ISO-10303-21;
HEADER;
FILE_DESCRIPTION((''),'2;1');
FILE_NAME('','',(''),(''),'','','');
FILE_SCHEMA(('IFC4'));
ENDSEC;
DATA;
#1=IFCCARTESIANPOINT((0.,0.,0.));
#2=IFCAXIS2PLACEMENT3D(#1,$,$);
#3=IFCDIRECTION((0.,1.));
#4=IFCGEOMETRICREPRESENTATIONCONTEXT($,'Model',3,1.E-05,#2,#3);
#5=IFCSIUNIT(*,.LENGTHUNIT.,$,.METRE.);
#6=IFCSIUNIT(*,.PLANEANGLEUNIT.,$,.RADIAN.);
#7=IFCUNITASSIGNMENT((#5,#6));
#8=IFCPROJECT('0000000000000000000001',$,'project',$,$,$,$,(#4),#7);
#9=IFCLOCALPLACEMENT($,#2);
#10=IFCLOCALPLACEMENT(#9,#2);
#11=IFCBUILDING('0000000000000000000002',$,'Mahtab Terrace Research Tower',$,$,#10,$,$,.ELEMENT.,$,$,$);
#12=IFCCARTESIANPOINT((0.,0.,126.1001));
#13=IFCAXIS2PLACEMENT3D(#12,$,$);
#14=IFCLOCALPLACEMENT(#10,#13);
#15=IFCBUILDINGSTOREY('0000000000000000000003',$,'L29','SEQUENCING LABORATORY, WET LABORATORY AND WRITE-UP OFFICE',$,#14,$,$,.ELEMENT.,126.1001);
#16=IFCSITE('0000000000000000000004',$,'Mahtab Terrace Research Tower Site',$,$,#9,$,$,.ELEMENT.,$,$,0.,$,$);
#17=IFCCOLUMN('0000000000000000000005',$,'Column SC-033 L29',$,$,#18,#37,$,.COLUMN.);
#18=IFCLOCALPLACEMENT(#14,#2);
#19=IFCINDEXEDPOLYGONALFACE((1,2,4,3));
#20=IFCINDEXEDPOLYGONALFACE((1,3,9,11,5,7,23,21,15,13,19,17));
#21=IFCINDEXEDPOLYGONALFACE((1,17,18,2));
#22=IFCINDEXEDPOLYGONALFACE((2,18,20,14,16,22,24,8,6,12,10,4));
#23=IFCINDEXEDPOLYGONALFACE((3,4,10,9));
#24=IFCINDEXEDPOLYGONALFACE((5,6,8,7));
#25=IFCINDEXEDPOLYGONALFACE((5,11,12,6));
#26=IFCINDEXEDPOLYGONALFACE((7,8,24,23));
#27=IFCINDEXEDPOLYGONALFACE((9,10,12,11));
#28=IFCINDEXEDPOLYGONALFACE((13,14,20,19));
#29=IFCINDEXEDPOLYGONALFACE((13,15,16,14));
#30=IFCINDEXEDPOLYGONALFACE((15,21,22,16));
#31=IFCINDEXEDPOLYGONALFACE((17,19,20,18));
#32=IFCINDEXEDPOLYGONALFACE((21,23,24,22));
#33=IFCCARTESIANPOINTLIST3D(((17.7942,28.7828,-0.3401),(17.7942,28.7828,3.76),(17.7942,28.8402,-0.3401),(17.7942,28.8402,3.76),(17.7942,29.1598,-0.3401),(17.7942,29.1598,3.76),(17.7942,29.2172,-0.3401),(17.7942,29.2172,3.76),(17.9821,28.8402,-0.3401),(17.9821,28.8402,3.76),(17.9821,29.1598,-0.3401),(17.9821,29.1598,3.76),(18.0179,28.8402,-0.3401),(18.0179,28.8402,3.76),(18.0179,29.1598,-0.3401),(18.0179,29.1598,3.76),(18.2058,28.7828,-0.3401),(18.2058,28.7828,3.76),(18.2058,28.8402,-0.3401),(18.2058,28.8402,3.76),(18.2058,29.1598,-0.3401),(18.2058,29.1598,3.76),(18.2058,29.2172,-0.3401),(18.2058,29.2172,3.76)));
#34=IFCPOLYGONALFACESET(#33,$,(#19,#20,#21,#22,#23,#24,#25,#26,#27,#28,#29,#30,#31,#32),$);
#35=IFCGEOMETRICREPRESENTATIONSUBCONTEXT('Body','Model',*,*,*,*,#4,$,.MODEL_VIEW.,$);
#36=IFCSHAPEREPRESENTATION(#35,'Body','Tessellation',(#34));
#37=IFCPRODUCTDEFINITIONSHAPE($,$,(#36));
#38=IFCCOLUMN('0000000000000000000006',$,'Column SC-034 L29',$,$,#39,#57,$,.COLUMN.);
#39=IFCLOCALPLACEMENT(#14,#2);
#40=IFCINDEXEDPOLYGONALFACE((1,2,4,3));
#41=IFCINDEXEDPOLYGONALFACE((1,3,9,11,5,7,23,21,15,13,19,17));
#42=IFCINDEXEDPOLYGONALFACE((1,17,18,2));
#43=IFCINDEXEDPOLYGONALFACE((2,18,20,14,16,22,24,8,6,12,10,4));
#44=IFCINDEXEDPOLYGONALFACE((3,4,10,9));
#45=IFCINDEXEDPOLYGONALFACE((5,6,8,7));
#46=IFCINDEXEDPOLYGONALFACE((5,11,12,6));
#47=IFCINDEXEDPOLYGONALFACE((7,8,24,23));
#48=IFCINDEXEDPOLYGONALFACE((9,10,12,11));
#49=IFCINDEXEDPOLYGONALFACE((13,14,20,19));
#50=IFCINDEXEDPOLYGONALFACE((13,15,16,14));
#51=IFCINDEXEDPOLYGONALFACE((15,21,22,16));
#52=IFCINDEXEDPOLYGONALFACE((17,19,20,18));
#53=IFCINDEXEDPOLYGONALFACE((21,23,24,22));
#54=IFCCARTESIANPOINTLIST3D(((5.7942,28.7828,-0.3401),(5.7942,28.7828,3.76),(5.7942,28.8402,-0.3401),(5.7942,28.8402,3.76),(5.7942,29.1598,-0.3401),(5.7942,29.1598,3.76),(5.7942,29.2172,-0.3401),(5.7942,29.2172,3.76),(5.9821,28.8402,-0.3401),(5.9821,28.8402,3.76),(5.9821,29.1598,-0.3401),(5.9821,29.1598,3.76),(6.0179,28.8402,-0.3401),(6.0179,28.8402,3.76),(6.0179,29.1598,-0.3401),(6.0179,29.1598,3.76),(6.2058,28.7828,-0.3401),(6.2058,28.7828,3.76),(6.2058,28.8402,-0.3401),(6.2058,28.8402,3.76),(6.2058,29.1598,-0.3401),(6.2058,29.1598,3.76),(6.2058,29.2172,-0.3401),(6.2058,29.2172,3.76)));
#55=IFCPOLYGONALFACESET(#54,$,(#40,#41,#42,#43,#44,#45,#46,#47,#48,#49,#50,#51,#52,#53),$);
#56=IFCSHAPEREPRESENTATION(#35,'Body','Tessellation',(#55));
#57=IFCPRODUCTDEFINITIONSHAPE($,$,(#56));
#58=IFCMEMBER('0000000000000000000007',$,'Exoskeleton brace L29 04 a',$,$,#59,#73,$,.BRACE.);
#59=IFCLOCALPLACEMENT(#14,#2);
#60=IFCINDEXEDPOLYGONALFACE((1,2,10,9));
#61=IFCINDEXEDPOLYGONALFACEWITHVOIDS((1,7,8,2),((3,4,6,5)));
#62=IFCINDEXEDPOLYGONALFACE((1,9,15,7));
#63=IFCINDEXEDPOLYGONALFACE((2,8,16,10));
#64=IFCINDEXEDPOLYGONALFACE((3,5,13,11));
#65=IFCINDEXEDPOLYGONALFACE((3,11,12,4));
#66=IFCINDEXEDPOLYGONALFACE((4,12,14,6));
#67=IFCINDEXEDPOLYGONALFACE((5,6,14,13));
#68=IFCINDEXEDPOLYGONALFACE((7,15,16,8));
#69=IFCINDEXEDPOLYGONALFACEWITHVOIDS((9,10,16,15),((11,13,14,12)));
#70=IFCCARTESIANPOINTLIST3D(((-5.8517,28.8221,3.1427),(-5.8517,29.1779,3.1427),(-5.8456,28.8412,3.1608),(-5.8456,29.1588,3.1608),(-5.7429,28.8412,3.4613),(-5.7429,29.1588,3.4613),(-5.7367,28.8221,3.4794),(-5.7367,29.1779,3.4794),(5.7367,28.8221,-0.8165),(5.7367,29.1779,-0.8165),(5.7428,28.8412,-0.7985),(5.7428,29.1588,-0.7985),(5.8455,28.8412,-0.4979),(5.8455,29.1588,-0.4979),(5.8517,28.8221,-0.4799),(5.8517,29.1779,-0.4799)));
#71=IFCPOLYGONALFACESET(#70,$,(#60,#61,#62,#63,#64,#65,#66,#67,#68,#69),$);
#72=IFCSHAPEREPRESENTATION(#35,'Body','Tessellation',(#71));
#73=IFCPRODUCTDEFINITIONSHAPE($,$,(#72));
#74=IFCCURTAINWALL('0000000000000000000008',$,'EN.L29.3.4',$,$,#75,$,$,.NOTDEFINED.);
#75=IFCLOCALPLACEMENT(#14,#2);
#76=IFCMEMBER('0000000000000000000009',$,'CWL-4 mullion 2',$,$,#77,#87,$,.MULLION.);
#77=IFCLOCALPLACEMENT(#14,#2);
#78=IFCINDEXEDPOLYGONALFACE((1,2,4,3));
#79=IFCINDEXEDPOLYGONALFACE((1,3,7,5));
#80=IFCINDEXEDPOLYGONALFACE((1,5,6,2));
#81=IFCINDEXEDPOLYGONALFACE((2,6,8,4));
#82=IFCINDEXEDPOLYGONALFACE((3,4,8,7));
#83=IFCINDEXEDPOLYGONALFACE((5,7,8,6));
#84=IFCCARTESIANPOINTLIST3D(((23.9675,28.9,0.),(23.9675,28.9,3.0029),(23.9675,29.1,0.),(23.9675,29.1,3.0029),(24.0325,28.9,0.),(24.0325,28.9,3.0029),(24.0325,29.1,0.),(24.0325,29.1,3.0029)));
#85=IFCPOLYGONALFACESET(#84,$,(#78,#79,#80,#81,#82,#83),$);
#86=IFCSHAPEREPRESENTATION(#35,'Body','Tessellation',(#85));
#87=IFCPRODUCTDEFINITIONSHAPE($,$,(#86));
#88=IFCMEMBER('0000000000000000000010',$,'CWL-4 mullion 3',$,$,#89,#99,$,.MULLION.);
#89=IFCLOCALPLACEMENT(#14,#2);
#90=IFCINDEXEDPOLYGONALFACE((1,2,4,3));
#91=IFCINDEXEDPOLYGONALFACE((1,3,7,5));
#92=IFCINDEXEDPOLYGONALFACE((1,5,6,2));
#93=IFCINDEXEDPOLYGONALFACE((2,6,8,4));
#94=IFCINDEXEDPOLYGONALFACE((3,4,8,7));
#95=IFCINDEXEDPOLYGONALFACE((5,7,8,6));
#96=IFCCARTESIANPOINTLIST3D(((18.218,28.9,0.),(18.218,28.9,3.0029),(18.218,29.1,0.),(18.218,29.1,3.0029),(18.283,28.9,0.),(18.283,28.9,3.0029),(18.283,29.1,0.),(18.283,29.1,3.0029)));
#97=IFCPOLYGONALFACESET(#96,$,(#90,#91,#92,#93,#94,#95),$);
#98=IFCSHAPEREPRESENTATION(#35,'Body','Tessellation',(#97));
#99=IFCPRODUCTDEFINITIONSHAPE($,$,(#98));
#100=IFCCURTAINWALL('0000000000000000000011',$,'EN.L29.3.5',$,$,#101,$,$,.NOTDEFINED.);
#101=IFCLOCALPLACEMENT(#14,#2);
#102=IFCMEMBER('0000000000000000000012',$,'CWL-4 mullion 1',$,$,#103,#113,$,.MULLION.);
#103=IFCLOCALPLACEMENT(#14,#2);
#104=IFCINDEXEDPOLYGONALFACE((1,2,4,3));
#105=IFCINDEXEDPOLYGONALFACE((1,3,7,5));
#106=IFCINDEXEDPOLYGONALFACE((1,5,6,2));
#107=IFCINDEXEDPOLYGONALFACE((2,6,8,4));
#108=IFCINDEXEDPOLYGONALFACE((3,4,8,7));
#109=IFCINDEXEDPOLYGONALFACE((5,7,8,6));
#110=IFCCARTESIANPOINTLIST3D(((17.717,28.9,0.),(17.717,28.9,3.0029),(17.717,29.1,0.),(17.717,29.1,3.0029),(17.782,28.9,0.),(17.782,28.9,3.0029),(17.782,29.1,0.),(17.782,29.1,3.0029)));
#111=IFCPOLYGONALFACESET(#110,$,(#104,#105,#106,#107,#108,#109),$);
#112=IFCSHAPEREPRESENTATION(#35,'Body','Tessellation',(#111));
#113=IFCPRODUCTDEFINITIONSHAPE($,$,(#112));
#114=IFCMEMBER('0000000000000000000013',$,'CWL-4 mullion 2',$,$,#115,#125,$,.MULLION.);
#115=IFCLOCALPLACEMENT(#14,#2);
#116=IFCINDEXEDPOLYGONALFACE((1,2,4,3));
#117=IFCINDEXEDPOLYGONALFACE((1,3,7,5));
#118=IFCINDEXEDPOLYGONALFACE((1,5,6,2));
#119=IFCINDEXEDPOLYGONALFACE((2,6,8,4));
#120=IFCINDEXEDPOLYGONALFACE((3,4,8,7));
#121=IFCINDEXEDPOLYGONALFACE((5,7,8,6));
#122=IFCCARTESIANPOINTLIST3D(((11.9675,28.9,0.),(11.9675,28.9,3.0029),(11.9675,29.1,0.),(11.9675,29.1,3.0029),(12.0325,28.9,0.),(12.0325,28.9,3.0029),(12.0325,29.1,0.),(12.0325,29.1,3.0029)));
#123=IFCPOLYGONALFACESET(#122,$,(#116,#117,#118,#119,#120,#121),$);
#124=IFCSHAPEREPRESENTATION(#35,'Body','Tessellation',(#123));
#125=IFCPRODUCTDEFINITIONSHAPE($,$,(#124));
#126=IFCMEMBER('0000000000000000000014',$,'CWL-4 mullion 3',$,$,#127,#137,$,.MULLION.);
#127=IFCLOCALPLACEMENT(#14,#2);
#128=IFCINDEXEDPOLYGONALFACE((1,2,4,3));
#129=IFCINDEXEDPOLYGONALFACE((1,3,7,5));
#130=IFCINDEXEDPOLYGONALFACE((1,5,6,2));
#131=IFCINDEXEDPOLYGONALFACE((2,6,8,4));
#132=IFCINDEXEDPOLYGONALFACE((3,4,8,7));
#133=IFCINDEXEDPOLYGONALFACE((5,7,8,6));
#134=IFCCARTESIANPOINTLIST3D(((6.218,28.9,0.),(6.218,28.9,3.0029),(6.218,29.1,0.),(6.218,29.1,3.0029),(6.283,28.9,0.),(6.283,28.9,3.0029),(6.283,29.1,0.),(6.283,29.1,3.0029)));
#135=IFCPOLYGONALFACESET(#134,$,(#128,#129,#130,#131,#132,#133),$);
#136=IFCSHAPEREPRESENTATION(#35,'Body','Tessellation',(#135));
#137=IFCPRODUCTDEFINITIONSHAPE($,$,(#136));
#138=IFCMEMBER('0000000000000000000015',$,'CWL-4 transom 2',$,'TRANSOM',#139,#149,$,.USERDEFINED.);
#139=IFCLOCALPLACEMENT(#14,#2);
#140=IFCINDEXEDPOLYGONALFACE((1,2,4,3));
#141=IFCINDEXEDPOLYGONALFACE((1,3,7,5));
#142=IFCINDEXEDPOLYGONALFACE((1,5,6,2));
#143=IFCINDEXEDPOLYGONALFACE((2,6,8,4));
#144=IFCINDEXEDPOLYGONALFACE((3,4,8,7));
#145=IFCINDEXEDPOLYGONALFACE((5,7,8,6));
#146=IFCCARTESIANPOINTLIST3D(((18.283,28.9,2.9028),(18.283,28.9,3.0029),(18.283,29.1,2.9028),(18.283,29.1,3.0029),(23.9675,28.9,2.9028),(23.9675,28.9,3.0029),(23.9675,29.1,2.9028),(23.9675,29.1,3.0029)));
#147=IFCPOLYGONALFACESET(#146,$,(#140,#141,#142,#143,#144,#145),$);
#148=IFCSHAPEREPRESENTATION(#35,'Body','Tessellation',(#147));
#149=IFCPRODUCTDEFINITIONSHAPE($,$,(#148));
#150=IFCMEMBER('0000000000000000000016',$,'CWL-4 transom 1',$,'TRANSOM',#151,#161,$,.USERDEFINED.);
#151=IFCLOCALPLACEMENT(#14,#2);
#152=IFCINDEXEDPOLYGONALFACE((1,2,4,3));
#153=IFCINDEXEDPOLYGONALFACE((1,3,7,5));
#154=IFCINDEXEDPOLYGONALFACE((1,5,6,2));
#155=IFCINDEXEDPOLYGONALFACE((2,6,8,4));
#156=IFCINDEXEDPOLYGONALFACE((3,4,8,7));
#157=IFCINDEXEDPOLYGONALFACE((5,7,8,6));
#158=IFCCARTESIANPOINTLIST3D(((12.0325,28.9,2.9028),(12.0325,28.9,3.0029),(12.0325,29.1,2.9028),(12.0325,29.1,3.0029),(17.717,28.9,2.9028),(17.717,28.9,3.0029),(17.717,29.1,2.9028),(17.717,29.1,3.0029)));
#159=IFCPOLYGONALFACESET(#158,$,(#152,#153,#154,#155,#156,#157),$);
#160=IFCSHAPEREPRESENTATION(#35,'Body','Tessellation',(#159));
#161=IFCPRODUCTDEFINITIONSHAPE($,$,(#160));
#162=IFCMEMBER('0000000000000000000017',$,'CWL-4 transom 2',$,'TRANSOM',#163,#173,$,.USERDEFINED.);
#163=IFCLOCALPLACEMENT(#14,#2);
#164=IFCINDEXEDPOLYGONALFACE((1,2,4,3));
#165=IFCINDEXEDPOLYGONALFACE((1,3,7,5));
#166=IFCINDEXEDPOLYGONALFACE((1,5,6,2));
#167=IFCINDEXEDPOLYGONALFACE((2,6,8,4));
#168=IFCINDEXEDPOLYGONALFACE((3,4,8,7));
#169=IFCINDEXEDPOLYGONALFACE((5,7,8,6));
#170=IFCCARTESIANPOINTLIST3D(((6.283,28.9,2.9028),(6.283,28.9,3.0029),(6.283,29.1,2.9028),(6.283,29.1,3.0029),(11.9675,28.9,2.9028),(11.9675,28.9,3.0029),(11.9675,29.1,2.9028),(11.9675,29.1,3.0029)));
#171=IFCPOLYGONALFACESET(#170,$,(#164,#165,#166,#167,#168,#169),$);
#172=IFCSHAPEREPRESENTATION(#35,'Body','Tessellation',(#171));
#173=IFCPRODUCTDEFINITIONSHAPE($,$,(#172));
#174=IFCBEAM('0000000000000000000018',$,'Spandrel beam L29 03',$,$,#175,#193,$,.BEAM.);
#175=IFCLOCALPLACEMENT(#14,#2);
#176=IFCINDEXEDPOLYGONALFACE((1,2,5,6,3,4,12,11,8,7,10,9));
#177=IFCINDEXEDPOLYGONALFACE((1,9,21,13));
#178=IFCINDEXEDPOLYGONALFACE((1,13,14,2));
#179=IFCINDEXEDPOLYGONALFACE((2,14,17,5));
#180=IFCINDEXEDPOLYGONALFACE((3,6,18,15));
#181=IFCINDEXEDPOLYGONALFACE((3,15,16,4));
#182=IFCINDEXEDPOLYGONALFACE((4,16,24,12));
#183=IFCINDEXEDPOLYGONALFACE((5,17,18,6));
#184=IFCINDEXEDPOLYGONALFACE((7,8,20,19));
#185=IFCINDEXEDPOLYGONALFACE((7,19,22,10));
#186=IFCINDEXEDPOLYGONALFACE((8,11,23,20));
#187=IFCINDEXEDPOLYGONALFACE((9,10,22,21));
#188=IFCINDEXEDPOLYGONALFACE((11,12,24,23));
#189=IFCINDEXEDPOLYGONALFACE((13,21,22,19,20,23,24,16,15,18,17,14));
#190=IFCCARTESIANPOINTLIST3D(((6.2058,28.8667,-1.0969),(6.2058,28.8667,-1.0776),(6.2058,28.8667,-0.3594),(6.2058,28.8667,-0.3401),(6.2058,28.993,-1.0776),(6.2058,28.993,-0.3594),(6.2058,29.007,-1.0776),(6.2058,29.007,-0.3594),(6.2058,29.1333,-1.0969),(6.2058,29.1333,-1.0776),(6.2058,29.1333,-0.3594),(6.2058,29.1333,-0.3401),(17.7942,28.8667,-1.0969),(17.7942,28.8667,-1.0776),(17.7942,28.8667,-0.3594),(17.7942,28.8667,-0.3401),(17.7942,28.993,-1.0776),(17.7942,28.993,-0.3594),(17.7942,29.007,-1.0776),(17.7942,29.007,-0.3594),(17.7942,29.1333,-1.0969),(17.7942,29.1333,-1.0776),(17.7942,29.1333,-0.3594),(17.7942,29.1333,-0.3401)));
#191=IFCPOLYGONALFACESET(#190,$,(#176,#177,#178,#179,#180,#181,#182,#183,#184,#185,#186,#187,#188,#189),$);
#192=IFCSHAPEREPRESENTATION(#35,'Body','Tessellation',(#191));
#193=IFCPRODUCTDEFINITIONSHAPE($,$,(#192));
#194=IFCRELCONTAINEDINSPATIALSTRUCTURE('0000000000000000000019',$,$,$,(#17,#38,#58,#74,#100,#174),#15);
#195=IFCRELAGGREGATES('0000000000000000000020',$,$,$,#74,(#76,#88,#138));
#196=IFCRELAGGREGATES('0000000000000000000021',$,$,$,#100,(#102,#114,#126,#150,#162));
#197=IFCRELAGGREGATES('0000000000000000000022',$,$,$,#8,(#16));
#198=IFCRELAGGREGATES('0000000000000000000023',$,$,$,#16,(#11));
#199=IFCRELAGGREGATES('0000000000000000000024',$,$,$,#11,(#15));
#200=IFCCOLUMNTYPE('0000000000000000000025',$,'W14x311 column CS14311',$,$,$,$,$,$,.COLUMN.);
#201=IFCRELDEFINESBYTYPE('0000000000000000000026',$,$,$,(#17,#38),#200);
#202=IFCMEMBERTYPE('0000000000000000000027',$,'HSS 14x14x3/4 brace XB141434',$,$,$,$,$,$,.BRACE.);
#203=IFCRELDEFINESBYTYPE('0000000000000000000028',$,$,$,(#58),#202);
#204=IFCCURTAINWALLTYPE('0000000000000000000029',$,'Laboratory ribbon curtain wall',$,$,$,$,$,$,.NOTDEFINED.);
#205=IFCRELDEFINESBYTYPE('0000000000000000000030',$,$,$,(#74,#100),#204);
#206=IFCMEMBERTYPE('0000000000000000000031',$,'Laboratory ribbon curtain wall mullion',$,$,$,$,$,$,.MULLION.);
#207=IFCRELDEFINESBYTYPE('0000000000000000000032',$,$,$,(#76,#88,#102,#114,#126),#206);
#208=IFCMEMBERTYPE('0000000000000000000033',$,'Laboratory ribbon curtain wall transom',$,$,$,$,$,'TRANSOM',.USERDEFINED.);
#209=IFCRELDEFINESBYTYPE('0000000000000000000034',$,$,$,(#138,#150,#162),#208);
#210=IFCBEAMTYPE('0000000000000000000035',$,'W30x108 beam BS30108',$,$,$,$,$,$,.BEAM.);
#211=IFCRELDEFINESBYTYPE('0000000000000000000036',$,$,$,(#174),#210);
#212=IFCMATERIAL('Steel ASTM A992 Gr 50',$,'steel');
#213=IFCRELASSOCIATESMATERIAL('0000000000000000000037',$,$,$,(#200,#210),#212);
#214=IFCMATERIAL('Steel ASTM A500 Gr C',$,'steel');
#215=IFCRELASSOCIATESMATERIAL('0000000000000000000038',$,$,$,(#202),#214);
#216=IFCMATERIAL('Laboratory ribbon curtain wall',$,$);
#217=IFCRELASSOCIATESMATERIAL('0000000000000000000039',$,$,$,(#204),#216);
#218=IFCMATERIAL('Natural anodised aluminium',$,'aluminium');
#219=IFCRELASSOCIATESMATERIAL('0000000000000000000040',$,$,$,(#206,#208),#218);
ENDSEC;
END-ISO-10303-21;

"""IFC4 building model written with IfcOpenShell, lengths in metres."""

from ifc_helpers import new_model, si_unit, direction, frame, origin, origin_2d, place, context, subcontext, project, spatial, rectangle, hollow_rectangle, i_section, extrude, material, material_profile, profile_set, type_object, element, aggregate, save


model = new_model("IFC4")

# Units and contexts
model_context = context("Model", 3, precision=1e-05, world=origin(), true_north=direction((0.0, 1.0)))
body_context = subcontext(model_context, "Body", "Model", "MODEL_VIEW")
ifc_project = project(units=[si_unit("LENGTHUNIT", "METRE"), si_unit("PLANEANGLEUNIT", "RADIAN")], contexts=[model_context])

# Site, building, storey
site_placement = place(None, origin())
site = spatial("IfcSite", under=ifc_project, at=site_placement, Name="Mahtab Terrace Research Tower Site", CompositionType="ELEMENT", RefElevation=0.0)
building_placement = place(site_placement, origin())
building = spatial("IfcBuilding", under=site, at=building_placement, Name="Mahtab Terrace Research Tower", CompositionType="ELEMENT")
storey_placement = place(building_placement, frame((0.0, 0.0, 126.1001)))
storey = spatial("IfcBuildingStorey", under=building, at=storey_placement, Name="L29", Description="SEQUENCING LABORATORY, WET LABORATORY AND WRITE-UP OFFICE", CompositionType="ELEMENT", Elevation=126.1001)

# Columns
ifc_material_1 = material(Name="Steel ASTM A992 Gr 50", Category="steel")
ifc_material_profile_1 = material_profile(ifc_material_1, i_section(OverallWidth=0.4116, OverallDepth=0.4343, WebThickness=0.0359, FlangeThickness=0.0574, at=origin_2d()), Name="W14X311")
ifc_profile_set_1 = profile_set([ifc_material_profile_1], Name="Steel ASTM A992 Gr 50")
column_type = type_object("IfcColumnType", Name="W14x311 column CS14311", PredefinedType="COLUMN", material=ifc_profile_set_1)
for number, where, z_axis, x_axis, name in (
    (1, (18.0, 29.0, -0.3401), (0.0, 0.0, 1.0), (1.0, 0.0, 0.0), "Column SC-033 L29"),
    (2, (6.0, 29.0, -0.3401), (0.0, 0.0, 1.0), (1.0, 0.0, 0.0), "Column SC-034 L29"),
):
    element("IfcColumn", number, at=place(storey_placement, frame(where, z_axis=z_axis, x_axis=x_axis)), inside=storey, type_object=column_type, Name=name, PredefinedType="COLUMN", context=body_context, shape_type="SweptSolid", body=[
        extrude(i_section(OverallWidth=0.4116, OverallDepth=0.4343, WebThickness=0.0359, FlangeThickness=0.0574, at=origin_2d()), origin(), (0.0, 0.0, 1.0), 4.1001),
    ])

# Member
ifc_material_2 = material(Name="Steel ASTM A500 Gr C", Category="steel")
ifc_material_profile_2 = material_profile(ifc_material_2, hollow_rectangle(XDim=0.3557, YDim=0.3557, WallThickness=0.019, at=origin_2d()), Name="HSS14X14X3/4")
ifc_profile_set_2 = profile_set([ifc_material_profile_2], Name="Steel ASTM A500 Gr C")
member_type_1 = type_object("IfcMemberType", Name="HSS 14x14x3/4 brace XB141434", PredefinedType="BRACE", material=ifc_profile_set_2)
member_1_placement = place(storey_placement, frame((5.7942, 29.0, -0.6482), z_axis=(-0.946294, 0.0, 0.323306), x_axis=(0.0, -1.0, 0.0)))
element("IfcMember", 3, at=member_1_placement, inside=storey, type_object=member_type_1, Name="Exoskeleton brace L29 04 a", PredefinedType="BRACE", context=body_context, shape_type="SweptSolid", body=[
    extrude(hollow_rectangle(XDim=0.3557, YDim=0.3557, WallThickness=0.019, at=origin_2d()), origin(), (0.0, 0.0, 1.0), 12.2461),
])

# Curtain walls, members
ifc_material_3 = material(Name="Laboratory ribbon curtain wall")
curtain_wall_type = type_object("IfcCurtainWallType", Name="Laboratory ribbon curtain wall", PredefinedType="NOTDEFINED", material=ifc_material_3)
curtain_wall_1_placement = place(storey_placement, origin())
curtain_wall_1 = element("IfcCurtainWall", 4, at=curtain_wall_1_placement, inside=storey, type_object=curtain_wall_type, Name="EN.L29.3.4", PredefinedType="NOTDEFINED")
ifc_material_4 = material(Name="Natural anodised aluminium", Category="aluminium")
ifc_material_profile_3 = material_profile(ifc_material_4, rectangle(XDim=0.2, YDim=0.0649, at=origin_2d()), Name="MULLION 65x200")
ifc_profile_set_3 = profile_set([ifc_material_profile_3], Name="Natural anodised aluminium")
member_type_2 = type_object("IfcMemberType", Name="Laboratory ribbon curtain wall mullion", PredefinedType="MULLION", material=ifc_profile_set_3)
member_2_placement = place(storey_placement, frame((24.0, 29.0, 0.0), z_axis=(0.0, 0.0, 1.0), x_axis=(0.0, -1.0, 0.0)))
member_2 = element("IfcMember", 5, at=member_2_placement, type_object=member_type_2, Name="CWL-4 mullion 2", PredefinedType="MULLION", context=body_context, shape_type="SweptSolid", body=[
    extrude(rectangle(XDim=0.2, YDim=0.0649, at=origin_2d()), origin(), (0.0, 0.0, 1.0), 3.0029),
])
member_3_placement = place(storey_placement, frame((18.2505, 29.0, 0.0), z_axis=(0.0, 0.0, 1.0), x_axis=(0.0, -1.0, 0.0)))
member_3 = element("IfcMember", 6, at=member_3_placement, type_object=member_type_2, Name="CWL-4 mullion 3", PredefinedType="MULLION", context=body_context, shape_type="SweptSolid", body=[
    extrude(rectangle(XDim=0.2, YDim=0.0649, at=origin_2d()), origin(), (0.0, 0.0, 1.0), 3.0029),
])
curtain_wall_2_placement = place(storey_placement, origin())
curtain_wall_2 = element("IfcCurtainWall", 7, at=curtain_wall_2_placement, inside=storey, type_object=curtain_wall_type, Name="EN.L29.3.5", PredefinedType="NOTDEFINED")
member_4_placement = place(storey_placement, frame((17.7495, 29.0, 0.0), z_axis=(0.0, 0.0, 1.0), x_axis=(0.0, -1.0, 0.0)))
member_4 = element("IfcMember", 8, at=member_4_placement, type_object=member_type_2, Name="CWL-4 mullion 1", PredefinedType="MULLION", context=body_context, shape_type="SweptSolid", body=[
    extrude(rectangle(XDim=0.2, YDim=0.0649, at=origin_2d()), origin(), (0.0, 0.0, 1.0), 3.0029),
])
member_5_placement = place(storey_placement, frame((12.0, 29.0, 0.0), z_axis=(0.0, 0.0, 1.0), x_axis=(0.0, -1.0, 0.0)))
member_5 = element("IfcMember", 9, at=member_5_placement, type_object=member_type_2, Name="CWL-4 mullion 2", PredefinedType="MULLION", context=body_context, shape_type="SweptSolid", body=[
    extrude(rectangle(XDim=0.2, YDim=0.0649, at=origin_2d()), origin(), (0.0, 0.0, 1.0), 3.0029),
])
member_6_placement = place(storey_placement, frame((6.2505, 29.0, 0.0), z_axis=(0.0, 0.0, 1.0), x_axis=(0.0, -1.0, 0.0)))
member_6 = element("IfcMember", 10, at=member_6_placement, type_object=member_type_2, Name="CWL-4 mullion 3", PredefinedType="MULLION", context=body_context, shape_type="SweptSolid", body=[
    extrude(rectangle(XDim=0.2, YDim=0.0649, at=origin_2d()), origin(), (0.0, 0.0, 1.0), 3.0029),
])

# Members
ifc_material_profile_4 = material_profile(ifc_material_4, rectangle(XDim=0.2, YDim=0.1001, at=origin_2d()), Name="TRANSOM 100x200")
ifc_profile_set_4 = profile_set([ifc_material_profile_4], Name="Natural anodised aluminium")
member_type_3 = type_object("IfcMemberType", Name="Laboratory ribbon curtain wall transom", ElementType="TRANSOM", PredefinedType="USERDEFINED", material=ifc_profile_set_4)
member_7_placement = place(storey_placement, frame((23.9675, 29.0, 2.9529), z_axis=(-1.0, 0.0, 0.0), x_axis=(0.0, -1.0, 0.0)))
member_7 = element("IfcMember", 11, at=member_7_placement, type_object=member_type_3, Name="CWL-4 transom 2", ObjectType="TRANSOM", PredefinedType="USERDEFINED", context=body_context, shape_type="SweptSolid", body=[
    extrude(rectangle(XDim=0.2, YDim=0.1001, at=origin_2d()), origin(), (0.0, 0.0, 1.0), 5.6846),
])
member_8_placement = place(storey_placement, frame((17.717, 29.0, 2.9529), z_axis=(-1.0, 0.0, 0.0), x_axis=(0.0, -1.0, 0.0)))
member_8 = element("IfcMember", 12, at=member_8_placement, type_object=member_type_3, Name="CWL-4 transom 1", ObjectType="TRANSOM", PredefinedType="USERDEFINED", context=body_context, shape_type="SweptSolid", body=[
    extrude(rectangle(XDim=0.2, YDim=0.1001, at=origin_2d()), origin(), (0.0, 0.0, 1.0), 5.6846),
])
member_9_placement = place(storey_placement, frame((11.9675, 29.0, 2.9529), z_axis=(-1.0, 0.0, 0.0), x_axis=(0.0, -1.0, 0.0)))
member_9 = element("IfcMember", 13, at=member_9_placement, type_object=member_type_3, Name="CWL-4 transom 2", ObjectType="TRANSOM", PredefinedType="USERDEFINED", context=body_context, shape_type="SweptSolid", body=[
    extrude(rectangle(XDim=0.2, YDim=0.1001, at=origin_2d()), origin(), (0.0, 0.0, 1.0), 5.6846),
])

# Beam
ifc_material_profile_5 = material_profile(ifc_material_1, i_section(OverallWidth=0.2666, OverallDepth=0.7568, WebThickness=0.0139, FlangeThickness=0.0193, at=origin_2d()), Name="W30X108")
ifc_profile_set_5 = profile_set([ifc_material_profile_5], Name="Steel ASTM A992 Gr 50")
beam_type = type_object("IfcBeamType", Name="W30x108 beam BS30108", PredefinedType="BEAM", material=ifc_profile_set_5)
for number, where, z_axis, x_axis, name in (
    (14, (17.7942, 29.0, -0.7185), (-1.0, 0.0, 0.0), (0.0, -1.0, 0.0), "Spandrel beam L29 03"),
):
    element("IfcBeam", number, at=place(storey_placement, frame(where, z_axis=z_axis, x_axis=x_axis)), inside=storey, type_object=beam_type, Name=name, PredefinedType="BEAM", context=body_context, shape_type="SweptSolid", body=[
        extrude(i_section(OverallWidth=0.2666, OverallDepth=0.7568, WebThickness=0.0139, FlangeThickness=0.0193, at=origin_2d()), origin(), (0.0, 0.0, 1.0), 11.5884),
    ])

aggregate(curtain_wall_1, [member_2, member_3, member_7])
aggregate(curtain_wall_2, [member_4, member_5, member_6, member_8, member_9])

save(model, "model.ifc")
